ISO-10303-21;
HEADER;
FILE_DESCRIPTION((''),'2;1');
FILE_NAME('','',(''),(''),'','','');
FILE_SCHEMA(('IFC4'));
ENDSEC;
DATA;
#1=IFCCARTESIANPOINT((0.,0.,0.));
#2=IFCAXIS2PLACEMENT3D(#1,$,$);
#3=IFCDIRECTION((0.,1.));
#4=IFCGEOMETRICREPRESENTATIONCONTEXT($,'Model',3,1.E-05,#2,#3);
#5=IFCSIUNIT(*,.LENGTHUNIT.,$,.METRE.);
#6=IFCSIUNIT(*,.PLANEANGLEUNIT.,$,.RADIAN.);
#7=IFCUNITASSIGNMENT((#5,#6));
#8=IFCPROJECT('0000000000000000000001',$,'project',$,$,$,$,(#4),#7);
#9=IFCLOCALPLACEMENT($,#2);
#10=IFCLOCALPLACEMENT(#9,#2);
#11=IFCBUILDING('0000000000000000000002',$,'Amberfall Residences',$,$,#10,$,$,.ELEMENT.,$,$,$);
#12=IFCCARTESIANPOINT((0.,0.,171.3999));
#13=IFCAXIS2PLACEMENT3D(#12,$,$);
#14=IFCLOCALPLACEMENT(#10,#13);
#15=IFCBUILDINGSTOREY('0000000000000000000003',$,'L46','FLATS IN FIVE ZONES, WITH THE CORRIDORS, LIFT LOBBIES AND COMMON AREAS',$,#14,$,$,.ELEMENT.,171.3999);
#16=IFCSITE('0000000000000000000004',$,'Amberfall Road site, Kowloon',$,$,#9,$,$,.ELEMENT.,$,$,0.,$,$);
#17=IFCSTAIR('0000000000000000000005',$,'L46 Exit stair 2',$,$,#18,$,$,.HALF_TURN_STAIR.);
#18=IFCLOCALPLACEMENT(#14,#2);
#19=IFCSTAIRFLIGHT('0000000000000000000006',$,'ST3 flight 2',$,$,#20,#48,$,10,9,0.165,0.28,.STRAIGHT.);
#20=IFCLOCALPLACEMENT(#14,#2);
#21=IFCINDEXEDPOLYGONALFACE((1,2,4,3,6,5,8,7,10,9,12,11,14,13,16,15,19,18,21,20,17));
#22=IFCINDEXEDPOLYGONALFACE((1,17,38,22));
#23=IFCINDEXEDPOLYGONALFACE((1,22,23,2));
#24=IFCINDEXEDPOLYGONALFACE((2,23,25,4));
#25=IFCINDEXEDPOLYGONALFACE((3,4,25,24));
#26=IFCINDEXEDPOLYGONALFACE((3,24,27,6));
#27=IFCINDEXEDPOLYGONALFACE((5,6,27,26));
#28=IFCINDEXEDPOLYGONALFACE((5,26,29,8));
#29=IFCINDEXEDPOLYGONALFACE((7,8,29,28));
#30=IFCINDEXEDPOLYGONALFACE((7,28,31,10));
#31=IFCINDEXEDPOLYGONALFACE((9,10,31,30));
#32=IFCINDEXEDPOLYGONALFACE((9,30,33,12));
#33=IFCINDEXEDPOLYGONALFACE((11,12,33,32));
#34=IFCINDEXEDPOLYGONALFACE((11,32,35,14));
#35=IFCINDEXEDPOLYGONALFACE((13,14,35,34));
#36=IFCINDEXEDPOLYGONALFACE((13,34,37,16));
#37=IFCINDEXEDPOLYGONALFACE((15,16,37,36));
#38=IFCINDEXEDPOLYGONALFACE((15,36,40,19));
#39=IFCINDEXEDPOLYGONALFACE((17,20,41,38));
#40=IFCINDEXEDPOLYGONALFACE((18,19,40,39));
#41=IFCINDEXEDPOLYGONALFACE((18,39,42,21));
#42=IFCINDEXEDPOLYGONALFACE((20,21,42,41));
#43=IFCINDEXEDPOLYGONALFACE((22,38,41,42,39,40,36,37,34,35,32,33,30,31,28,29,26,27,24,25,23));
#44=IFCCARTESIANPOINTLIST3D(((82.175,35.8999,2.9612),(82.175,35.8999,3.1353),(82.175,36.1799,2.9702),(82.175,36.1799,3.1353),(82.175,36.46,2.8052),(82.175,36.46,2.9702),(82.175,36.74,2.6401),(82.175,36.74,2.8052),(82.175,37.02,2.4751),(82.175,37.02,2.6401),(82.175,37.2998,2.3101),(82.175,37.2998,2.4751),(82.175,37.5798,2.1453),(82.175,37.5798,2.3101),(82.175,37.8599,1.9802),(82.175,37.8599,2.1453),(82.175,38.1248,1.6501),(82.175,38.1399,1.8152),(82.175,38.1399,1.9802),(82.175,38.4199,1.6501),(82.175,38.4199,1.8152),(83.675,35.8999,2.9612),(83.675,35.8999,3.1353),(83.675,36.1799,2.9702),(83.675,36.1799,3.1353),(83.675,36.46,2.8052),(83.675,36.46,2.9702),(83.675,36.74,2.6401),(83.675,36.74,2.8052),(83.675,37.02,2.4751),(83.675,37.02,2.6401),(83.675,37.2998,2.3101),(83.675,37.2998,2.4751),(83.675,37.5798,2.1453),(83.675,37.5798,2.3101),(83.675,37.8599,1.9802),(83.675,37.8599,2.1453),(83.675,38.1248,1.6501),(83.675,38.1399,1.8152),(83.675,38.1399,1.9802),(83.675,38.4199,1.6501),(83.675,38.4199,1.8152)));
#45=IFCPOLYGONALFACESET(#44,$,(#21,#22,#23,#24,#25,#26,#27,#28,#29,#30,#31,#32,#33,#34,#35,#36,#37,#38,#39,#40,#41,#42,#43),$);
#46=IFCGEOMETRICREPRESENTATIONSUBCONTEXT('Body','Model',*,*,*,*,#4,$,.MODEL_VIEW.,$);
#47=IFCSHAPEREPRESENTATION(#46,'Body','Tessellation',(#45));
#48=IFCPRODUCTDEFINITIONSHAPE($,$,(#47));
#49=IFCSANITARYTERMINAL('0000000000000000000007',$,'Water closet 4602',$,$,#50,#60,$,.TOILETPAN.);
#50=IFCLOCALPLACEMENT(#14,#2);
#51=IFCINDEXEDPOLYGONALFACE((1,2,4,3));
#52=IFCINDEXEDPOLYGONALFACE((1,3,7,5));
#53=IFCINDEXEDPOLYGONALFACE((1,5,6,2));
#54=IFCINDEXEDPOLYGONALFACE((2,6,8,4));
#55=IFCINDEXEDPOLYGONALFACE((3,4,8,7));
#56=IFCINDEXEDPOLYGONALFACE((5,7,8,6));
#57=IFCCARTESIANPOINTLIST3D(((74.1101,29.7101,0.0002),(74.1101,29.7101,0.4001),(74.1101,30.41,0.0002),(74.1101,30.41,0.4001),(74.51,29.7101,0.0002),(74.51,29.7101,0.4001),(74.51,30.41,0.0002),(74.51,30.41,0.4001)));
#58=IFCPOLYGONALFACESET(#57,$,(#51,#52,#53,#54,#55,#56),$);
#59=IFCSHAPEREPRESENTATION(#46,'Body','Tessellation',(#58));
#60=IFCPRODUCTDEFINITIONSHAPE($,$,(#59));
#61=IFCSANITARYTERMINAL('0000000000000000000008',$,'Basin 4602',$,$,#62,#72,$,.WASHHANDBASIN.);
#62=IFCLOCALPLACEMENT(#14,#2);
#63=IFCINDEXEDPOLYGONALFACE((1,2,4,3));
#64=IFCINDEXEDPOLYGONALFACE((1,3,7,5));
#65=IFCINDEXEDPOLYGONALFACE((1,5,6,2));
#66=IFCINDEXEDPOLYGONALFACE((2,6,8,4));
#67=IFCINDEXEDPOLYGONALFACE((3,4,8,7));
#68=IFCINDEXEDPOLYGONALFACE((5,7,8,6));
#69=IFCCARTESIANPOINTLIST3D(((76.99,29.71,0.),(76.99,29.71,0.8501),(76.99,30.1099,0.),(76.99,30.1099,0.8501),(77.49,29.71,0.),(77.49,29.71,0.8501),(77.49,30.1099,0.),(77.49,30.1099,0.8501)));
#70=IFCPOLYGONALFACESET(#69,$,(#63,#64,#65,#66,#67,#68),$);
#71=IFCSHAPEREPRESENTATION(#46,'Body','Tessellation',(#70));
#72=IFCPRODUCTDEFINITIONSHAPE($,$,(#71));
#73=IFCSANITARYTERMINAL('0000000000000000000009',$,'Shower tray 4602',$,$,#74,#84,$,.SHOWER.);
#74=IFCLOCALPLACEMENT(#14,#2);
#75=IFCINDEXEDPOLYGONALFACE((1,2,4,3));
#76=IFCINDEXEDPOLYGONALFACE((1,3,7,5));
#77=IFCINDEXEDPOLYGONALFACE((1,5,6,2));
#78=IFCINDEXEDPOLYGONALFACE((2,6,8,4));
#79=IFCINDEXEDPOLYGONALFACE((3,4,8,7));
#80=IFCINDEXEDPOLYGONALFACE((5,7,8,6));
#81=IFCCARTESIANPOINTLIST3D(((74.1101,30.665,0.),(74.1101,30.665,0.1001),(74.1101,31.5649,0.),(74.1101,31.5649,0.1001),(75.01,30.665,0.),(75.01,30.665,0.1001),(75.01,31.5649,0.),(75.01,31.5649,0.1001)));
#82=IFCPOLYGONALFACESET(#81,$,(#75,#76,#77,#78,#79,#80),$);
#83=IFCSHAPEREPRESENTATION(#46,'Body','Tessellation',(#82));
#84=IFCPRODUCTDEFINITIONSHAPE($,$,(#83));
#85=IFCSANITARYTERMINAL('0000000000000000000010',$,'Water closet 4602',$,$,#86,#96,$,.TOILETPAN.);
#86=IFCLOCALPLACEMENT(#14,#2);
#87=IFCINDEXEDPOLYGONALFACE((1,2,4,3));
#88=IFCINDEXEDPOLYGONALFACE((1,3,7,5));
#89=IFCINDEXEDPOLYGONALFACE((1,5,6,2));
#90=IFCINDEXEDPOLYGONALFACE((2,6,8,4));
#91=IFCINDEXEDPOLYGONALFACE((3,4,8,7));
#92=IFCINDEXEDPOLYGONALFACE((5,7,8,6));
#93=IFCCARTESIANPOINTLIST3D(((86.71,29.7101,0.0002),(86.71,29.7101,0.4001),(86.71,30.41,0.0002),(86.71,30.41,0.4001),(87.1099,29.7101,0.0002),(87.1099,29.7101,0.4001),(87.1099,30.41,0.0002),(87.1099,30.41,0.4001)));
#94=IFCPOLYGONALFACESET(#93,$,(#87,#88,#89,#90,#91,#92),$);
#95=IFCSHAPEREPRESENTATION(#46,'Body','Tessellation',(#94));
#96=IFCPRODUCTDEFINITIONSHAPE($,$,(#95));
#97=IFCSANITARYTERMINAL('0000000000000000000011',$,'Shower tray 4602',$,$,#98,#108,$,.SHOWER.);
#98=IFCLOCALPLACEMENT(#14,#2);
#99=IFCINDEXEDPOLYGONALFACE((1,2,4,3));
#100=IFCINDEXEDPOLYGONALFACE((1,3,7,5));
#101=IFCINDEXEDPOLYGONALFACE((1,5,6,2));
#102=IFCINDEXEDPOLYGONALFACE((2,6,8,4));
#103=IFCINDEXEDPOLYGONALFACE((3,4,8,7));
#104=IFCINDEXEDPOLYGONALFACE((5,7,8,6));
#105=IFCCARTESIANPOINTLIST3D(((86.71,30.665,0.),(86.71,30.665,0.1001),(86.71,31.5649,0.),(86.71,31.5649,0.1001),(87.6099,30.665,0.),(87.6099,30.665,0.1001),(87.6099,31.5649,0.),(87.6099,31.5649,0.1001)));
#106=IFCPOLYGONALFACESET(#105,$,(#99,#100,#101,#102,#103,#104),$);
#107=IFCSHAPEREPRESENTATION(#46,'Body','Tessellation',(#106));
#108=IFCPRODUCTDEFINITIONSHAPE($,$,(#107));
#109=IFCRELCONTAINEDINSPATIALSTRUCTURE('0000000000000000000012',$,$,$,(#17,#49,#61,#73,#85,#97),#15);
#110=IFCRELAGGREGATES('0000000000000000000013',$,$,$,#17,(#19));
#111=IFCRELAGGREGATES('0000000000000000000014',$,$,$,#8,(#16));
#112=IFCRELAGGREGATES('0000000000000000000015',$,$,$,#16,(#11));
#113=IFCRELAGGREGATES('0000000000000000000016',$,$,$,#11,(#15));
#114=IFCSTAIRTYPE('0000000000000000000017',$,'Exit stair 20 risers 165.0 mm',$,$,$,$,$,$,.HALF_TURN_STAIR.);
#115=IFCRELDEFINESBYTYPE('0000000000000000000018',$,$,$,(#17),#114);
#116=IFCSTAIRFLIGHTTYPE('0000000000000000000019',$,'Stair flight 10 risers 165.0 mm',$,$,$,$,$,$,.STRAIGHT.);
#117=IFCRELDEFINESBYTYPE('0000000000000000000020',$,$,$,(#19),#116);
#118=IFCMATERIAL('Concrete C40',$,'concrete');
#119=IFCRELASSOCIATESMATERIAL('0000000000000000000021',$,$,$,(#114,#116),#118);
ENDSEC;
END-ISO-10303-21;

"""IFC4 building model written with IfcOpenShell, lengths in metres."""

from ifc_helpers import new_model, si_unit, direction, frame, origin, origin_2d, place, context, subcontext, project, spatial, polyline, rectangle, outline, extrude, material, type_object, element, aggregate, save


model = new_model("IFC4")

# Units and contexts
model_context = context("Model", 3, precision=1e-05, world=origin(), true_north=direction((0.0, 1.0)))
body_context = subcontext(model_context, "Body", "Model", "MODEL_VIEW")
ifc_project = project(units=[si_unit("LENGTHUNIT", "METRE"), si_unit("PLANEANGLEUNIT", "RADIAN")], contexts=[model_context])

# Site, building, storey
site_placement = place(None, origin())
site = spatial("IfcSite", under=ifc_project, at=site_placement, Name="Amberfall Road site, Kowloon", CompositionType="ELEMENT", RefElevation=0.0)
building_placement = place(site_placement, origin())
building = spatial("IfcBuilding", under=site, at=building_placement, Name="Amberfall Residences", CompositionType="ELEMENT")
storey_placement = place(building_placement, frame((0.0, 0.0, 171.3999)))
storey = spatial("IfcBuildingStorey", under=building, at=storey_placement, Name="L46", Description="FLATS IN FIVE ZONES, WITH THE CORRIDORS, LIFT LOBBIES AND COMMON AREAS", CompositionType="ELEMENT", Elevation=171.3999)

# Stair, stair flight
ifc_material_1 = material(Name="Concrete C40", Category="concrete")
stair_type = type_object("IfcStairType", Name="Exit stair 20 risers 165.0 mm", PredefinedType="HALF_TURN_STAIR", material=ifc_material_1)
stair_placement = place(storey_placement, origin())
stair = element("IfcStair", 1, at=stair_placement, inside=storey, type_object=stair_type, Name="L46 Exit stair 2", PredefinedType="HALF_TURN_STAIR")
stair_flight_type = type_object("IfcStairFlightType", Name="Stair flight 10 risers 165.0 mm", PredefinedType="STRAIGHT", material=ifc_material_1)
stair_flight_1_placement = place(storey_placement, frame((82.925, 38.4199, 1.6501), z_axis=(0.0, 0.0, 1.0), x_axis=(0.0, -1.0, 0.0)))
stair_flight_1 = element("IfcStairFlight", 2, at=stair_flight_1_placement, type_object=stair_flight_type, Name="ST3 flight 2", NumberOfRisers=10, NumberOfTreads=9, PredefinedType="STRAIGHT", RiserHeight=0.165, TreadLength=0.28, context=body_context, shape_type="SweptSolid", body=[
    extrude(outline(polyline([(0.0, 0.0), (0.0, 0.165), (0.28, 0.165), (0.28, 0.3301), (0.5601, 0.3301), (0.5601, 0.4951), (0.8401, 0.4951), (0.8401, 0.6599), (1.1201, 0.6599), (1.1201, 0.825), (1.3999, 0.825), (1.3999, 0.99), (1.6799, 0.99), (1.6799, 1.155), (1.96, 1.155), (1.96, 1.3201), (2.24, 1.3201), (2.24, 1.4851), (2.52, 1.4851), (2.52, 1.6499), (2.52, 1.311), (0.2952, 0.0), (0.0, 0.0)])), frame((0.0, 0.75, 0.0), z_axis=(0.0, -1.0, 0.0), x_axis=(1.0, 0.0, 0.0)), (0.0, 0.0, 1.0), 1.5),
])
aggregate(stair, [stair_flight_1])

# Sanitary terminals
sanitary_terminal_1_placement = place(storey_placement, frame((74.3101, 30.0601, 0.0002), z_axis=(0.0, 0.0, 1.0), x_axis=(1.0, 0.0, 0.0)))
element("IfcSanitaryTerminal", 3, at=sanitary_terminal_1_placement, inside=storey, Name="Water closet 4602", PredefinedType="TOILETPAN", context=body_context, shape_type="SweptSolid", body=[
    extrude(rectangle(XDim=0.3999, YDim=0.7, at=origin_2d()), origin(), (0.0, 0.0, 1.0), 0.3999),
])
sanitary_terminal_2_placement = place(storey_placement, frame((77.24, 29.9099, 0.0), z_axis=(0.0, 0.0, 1.0), x_axis=(1.0, 0.0, 0.0)))
element("IfcSanitaryTerminal", 4, at=sanitary_terminal_2_placement, inside=storey, Name="Basin 4602", PredefinedType="WASHHANDBASIN", context=body_context, shape_type="SweptSolid", body=[
    extrude(rectangle(XDim=0.5, YDim=0.3999, at=origin_2d()), origin(), (0.0, 0.0, 1.0), 0.8501),
])
sanitary_terminal_3_placement = place(storey_placement, frame((74.5601, 31.115, 0.0), z_axis=(0.0, 0.0, 1.0), x_axis=(1.0, 0.0, 0.0)))
element("IfcSanitaryTerminal", 5, at=sanitary_terminal_3_placement, inside=storey, Name="Shower tray 4602", PredefinedType="SHOWER", context=body_context, shape_type="SweptSolid", body=[
    extrude(rectangle(XDim=0.8999, YDim=0.8999, at=origin_2d()), origin(), (0.0, 0.0, 1.0), 0.1001),
])
sanitary_terminal_4_placement = place(storey_placement, frame((86.9099, 30.0601, 0.0002), z_axis=(0.0, 0.0, 1.0), x_axis=(1.0, 0.0, 0.0)))
element("IfcSanitaryTerminal", 6, at=sanitary_terminal_4_placement, inside=storey, Name="Water closet 4602", PredefinedType="TOILETPAN", context=body_context, shape_type="SweptSolid", body=[
    extrude(rectangle(XDim=0.3999, YDim=0.7, at=origin_2d()), origin(), (0.0, 0.0, 1.0), 0.3999),
])
sanitary_terminal_5_placement = place(storey_placement, frame((87.1599, 31.115, 0.0), z_axis=(0.0, 0.0, 1.0), x_axis=(1.0, 0.0, 0.0)))
element("IfcSanitaryTerminal", 7, at=sanitary_terminal_5_placement, inside=storey, Name="Shower tray 4602", PredefinedType="SHOWER", context=body_context, shape_type="SweptSolid", body=[
    extrude(rectangle(XDim=0.8999, YDim=0.8999, at=origin_2d()), origin(), (0.0, 0.0, 1.0), 0.1001),
])

save(model, "model.ifc")
